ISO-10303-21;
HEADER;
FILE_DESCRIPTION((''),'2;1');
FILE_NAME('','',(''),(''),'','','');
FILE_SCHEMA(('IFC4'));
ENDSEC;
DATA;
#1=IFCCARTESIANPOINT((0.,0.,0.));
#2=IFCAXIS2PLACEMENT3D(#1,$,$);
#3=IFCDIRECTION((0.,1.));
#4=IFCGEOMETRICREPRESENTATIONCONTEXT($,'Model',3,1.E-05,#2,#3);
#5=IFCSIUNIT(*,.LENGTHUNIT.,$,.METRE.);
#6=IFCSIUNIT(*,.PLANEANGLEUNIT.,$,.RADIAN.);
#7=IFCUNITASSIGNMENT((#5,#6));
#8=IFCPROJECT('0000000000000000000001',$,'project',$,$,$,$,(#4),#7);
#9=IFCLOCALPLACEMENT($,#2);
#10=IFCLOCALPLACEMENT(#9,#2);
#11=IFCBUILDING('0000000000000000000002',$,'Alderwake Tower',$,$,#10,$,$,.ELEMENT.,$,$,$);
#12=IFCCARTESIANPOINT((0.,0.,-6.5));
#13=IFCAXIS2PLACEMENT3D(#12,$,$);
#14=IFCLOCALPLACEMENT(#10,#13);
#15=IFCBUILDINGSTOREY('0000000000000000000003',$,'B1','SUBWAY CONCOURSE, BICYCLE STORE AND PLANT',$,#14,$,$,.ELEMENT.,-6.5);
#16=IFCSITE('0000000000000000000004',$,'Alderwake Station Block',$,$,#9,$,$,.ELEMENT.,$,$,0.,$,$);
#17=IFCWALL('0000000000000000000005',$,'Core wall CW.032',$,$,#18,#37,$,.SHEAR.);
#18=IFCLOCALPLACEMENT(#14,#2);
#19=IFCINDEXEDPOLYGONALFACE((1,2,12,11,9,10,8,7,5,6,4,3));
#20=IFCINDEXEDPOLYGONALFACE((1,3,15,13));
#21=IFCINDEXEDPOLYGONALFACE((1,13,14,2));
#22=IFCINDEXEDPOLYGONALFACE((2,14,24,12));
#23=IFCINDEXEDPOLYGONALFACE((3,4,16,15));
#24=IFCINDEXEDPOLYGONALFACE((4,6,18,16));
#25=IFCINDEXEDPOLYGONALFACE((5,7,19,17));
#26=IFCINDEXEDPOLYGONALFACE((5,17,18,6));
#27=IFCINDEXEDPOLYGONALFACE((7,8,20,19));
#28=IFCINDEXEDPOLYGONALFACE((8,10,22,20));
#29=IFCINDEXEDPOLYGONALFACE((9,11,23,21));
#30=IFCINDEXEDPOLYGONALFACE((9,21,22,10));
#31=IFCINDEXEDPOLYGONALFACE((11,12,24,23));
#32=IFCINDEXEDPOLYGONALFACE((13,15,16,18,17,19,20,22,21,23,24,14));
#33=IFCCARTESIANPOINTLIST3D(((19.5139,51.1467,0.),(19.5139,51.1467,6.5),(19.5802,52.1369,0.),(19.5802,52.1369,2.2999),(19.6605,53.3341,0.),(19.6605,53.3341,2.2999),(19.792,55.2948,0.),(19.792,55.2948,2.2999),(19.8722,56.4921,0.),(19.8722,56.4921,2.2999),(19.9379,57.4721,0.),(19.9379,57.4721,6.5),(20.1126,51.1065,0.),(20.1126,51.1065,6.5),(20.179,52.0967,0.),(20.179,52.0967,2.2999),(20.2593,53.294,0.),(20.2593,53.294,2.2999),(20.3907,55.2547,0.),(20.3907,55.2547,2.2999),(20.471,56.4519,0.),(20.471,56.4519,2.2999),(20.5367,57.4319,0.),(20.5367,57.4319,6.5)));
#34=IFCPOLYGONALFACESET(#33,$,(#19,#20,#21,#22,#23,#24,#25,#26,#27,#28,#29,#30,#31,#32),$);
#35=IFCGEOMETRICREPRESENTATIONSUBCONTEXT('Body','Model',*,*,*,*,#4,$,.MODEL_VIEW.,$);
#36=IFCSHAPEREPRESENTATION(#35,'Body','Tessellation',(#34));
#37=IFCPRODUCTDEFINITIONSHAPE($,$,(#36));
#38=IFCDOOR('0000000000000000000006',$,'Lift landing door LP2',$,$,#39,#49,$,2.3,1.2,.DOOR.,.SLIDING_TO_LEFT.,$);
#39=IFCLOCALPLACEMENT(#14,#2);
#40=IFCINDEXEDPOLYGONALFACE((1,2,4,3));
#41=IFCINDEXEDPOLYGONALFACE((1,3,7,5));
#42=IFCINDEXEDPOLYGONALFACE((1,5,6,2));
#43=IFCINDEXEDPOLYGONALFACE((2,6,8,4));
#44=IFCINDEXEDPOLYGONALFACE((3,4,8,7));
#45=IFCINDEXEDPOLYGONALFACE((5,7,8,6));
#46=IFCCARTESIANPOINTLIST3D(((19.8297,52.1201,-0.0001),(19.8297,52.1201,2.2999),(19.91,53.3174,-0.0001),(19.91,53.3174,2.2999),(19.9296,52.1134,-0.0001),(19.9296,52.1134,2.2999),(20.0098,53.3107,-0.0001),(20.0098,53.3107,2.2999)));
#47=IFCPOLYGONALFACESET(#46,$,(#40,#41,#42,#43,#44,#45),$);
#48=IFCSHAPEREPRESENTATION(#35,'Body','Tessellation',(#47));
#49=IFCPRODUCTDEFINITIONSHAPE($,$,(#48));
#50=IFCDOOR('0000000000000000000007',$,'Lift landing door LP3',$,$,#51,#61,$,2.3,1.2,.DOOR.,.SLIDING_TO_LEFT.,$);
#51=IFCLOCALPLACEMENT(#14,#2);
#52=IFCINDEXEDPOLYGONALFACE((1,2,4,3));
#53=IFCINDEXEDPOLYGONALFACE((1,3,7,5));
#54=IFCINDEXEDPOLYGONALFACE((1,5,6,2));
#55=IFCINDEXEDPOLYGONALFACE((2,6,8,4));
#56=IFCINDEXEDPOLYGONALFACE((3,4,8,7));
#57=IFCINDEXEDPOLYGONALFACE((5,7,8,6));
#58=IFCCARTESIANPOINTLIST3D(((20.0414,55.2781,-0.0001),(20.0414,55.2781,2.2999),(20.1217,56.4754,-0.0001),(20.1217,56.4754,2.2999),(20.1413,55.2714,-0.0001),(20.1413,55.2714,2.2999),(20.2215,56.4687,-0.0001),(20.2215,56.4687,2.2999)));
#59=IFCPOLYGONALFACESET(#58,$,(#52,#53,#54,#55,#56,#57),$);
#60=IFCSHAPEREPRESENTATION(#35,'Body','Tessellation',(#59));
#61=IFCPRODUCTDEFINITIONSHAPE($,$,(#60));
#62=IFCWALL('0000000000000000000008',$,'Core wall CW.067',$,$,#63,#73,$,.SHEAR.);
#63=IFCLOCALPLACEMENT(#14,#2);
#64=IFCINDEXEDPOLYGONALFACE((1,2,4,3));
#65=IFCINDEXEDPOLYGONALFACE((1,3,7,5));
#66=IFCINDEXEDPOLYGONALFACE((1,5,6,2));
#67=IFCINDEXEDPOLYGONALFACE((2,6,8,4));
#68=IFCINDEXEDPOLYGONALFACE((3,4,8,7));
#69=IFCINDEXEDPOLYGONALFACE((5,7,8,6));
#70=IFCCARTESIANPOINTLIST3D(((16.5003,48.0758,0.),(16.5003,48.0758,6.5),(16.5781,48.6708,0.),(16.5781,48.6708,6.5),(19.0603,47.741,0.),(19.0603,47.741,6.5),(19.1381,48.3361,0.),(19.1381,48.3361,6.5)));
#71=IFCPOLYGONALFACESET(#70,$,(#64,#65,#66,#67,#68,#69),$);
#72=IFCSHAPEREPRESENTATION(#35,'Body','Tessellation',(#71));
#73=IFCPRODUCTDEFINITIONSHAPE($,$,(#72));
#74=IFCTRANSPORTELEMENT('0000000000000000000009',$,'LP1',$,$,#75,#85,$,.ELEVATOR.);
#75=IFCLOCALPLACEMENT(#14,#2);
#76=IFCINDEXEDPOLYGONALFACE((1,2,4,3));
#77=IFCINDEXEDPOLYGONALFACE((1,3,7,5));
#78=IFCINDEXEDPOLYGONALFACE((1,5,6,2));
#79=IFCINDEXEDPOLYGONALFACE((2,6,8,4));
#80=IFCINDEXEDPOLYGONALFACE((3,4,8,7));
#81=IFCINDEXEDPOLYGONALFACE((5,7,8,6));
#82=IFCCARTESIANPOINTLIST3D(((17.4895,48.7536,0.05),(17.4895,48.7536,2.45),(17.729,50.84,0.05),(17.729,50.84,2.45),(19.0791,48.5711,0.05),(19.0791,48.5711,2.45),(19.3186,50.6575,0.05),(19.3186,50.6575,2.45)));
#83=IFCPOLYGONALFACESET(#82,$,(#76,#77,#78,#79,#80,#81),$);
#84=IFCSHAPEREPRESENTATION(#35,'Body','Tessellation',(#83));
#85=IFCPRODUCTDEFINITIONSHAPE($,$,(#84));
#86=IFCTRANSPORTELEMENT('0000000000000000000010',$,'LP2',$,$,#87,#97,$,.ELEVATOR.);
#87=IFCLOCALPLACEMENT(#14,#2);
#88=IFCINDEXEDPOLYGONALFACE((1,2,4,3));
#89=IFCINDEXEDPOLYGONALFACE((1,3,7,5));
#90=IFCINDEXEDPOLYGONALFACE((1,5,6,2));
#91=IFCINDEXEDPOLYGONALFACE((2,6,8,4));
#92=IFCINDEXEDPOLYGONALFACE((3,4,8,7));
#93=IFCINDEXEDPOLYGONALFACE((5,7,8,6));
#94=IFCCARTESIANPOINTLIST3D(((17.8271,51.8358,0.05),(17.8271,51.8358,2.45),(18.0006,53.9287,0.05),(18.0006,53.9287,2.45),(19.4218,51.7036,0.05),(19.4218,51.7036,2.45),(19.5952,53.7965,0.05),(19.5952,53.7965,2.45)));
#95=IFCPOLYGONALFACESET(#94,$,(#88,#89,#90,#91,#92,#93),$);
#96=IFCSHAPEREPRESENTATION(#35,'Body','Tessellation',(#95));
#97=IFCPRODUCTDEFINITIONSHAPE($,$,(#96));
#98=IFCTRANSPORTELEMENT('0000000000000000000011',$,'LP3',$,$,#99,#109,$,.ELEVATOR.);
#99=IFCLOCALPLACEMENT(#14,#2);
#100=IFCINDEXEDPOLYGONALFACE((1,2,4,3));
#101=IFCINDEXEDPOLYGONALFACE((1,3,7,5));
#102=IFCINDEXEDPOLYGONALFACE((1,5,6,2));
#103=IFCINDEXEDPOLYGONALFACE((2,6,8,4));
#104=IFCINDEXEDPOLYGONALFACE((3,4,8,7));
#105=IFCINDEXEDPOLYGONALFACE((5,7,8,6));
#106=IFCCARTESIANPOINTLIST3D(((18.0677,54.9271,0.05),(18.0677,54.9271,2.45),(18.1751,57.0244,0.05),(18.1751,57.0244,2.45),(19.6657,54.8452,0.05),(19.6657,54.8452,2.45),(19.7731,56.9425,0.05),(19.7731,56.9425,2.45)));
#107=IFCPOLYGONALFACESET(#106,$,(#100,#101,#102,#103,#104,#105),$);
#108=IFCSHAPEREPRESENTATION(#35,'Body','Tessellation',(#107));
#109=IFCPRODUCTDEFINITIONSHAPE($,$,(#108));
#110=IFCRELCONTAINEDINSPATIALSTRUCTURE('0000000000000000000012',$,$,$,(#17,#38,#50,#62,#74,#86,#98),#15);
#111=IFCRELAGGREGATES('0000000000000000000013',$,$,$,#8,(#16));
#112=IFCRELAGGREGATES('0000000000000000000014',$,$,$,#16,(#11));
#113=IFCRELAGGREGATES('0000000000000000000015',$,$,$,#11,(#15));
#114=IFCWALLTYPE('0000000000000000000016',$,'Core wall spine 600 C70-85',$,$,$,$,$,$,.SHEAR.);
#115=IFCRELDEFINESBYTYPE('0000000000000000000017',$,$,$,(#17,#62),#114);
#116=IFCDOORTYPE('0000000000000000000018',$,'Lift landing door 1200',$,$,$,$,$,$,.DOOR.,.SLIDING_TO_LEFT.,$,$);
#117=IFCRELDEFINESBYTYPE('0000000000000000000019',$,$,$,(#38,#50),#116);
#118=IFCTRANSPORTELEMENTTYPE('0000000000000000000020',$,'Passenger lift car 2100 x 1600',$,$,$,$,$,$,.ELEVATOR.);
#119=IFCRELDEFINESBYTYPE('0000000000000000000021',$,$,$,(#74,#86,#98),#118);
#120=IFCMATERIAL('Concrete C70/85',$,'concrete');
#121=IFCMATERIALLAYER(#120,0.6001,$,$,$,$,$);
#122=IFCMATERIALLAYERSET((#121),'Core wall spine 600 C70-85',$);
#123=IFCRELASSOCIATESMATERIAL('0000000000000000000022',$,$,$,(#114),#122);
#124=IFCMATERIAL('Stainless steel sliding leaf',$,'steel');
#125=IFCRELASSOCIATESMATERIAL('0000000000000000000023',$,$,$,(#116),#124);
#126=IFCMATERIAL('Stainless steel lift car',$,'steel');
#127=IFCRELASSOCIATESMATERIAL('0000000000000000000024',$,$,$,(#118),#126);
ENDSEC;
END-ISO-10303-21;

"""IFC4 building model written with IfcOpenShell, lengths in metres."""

from ifc_helpers import new_model, si_unit, direction, frame, frame_2d, origin, origin_2d, place, context, subcontext, project, spatial, rectangle, extrude, material, layer, layer_set, type_object, element, fill, save


model = new_model("IFC4")

# Units and contexts
model_context = context("Model", 3, precision=1e-05, world=origin(), true_north=direction((0.0, 1.0)))
body_context = subcontext(model_context, "Body", "Model", "MODEL_VIEW")
ifc_project = project(units=[si_unit("LENGTHUNIT", "METRE"), si_unit("PLANEANGLEUNIT", "RADIAN")], contexts=[model_context])

# Site, building, storey
site_placement = place(None, origin())
site = spatial("IfcSite", under=ifc_project, at=site_placement, Name="Alderwake Station Block", CompositionType="ELEMENT", RefElevation=0.0)
building_placement = place(site_placement, origin())
building = spatial("IfcBuilding", under=site, at=building_placement, Name="Alderwake Tower", CompositionType="ELEMENT")
storey_placement = place(building_placement, frame((0.0, 0.0, -6.5)))
storey = spatial("IfcBuildingStorey", under=building, at=storey_placement, Name="B1", Description="SUBWAY CONCOURSE, BICYCLE STORE AND PLANT", CompositionType="ELEMENT", Elevation=-6.5)

# Wall, openings, doors
ifc_material_1 = material(Name="Concrete C70/85", Category="concrete")
ifc_layer_1 = layer(ifc_material_1, 0.6001)
ifc_layer_set_1 = layer_set([ifc_layer_1], Name="Core wall spine 600 C70-85")
wall_type_1 = type_object("IfcWallType", Name="Core wall spine 600 C70-85", PredefinedType="SHEAR", material=ifc_layer_set_1)
ifc_material_2 = material(Name="Stainless steel sliding leaf", Category="steel")
door_type_1 = type_object("IfcDoorType", Name="Lift landing door 1200", OperationType="SLIDING_TO_LEFT", PredefinedType="DOOR", material=ifc_material_2)
wall_1_placement = place(storey_placement, frame((19.8132, 51.1265, 0.0), z_axis=(0.0, 0.0, 1.0), x_axis=(0.066892, 0.99776, 0.0)))
wall_1 = element("IfcWall", 1, at=wall_1_placement, inside=storey, type_object=wall_type_1, Name="Core wall CW.032", PredefinedType="SHEAR", context=body_context, shape_type="SweptSolid", body=[
    extrude(rectangle(XDim=6.3396, YDim=0.6001, at=frame_2d((3.1699, 0.0))), origin(), (0.0, 0.0, 1.0), 6.5),
])
opening_1_placement = place(wall_1_placement, frame((0.9924, 0.0, 0.0)))
opening_1 = element("IfcOpeningElement", 2, at=opening_1_placement, cuts=wall_1, PredefinedType="OPENING", context=body_context, shape_type="SweptSolid", body=[
    extrude(rectangle(XDim=1.2, YDim=2.3, at=frame_2d((0.6001, 1.1499))), frame((0.0, 0.3101, 0.0), z_axis=(0.0, -1.0, 0.0), x_axis=(1.0, 0.0, 0.0)), (0.0, 0.0, 1.0), 0.6201),
])
opening_2_placement = place(wall_1_placement, frame((4.1575, 0.0, 0.0)))
opening_2 = element("IfcOpeningElement", 3, at=opening_2_placement, cuts=wall_1, PredefinedType="OPENING", context=body_context, shape_type="SweptSolid", body=[
    extrude(rectangle(XDim=1.2, YDim=2.3, at=frame_2d((0.6001, 1.1499))), frame((0.0, 0.3101, 0.0), z_axis=(0.0, -1.0, 0.0), x_axis=(1.0, 0.0, 0.0)), (0.0, 0.0, 1.0), 0.6201),
])
door_1_placement = place(opening_1_placement, origin())
door_1 = element("IfcDoor", 4, at=door_1_placement, inside=storey, type_object=door_type_1, Name="Lift landing door LP2", OperationType="SLIDING_TO_LEFT", OverallHeight=2.3, OverallWidth=1.2, PredefinedType="DOOR", context=body_context, shape_type="SweptSolid", body=[
    extrude(rectangle(XDim=1.2, YDim=2.3, at=frame_2d((0.6001, 1.1499))), frame((0.0, 0.05, 0.0), z_axis=(0.0, -1.0, 0.0), x_axis=(1.0, 0.0, 0.0)), (0.0, 0.0, 1.0), 0.1001),
])
fill(opening_1, door_1)
door_2_placement = place(opening_2_placement, origin())
door_2 = element("IfcDoor", 5, at=door_2_placement, inside=storey, type_object=door_type_1, Name="Lift landing door LP3", OperationType="SLIDING_TO_LEFT", OverallHeight=2.3, OverallWidth=1.2, PredefinedType="DOOR", context=body_context, shape_type="SweptSolid", body=[
    extrude(rectangle(XDim=1.2, YDim=2.3, at=frame_2d((0.6001, 1.1499))), frame((0.0, 0.05, 0.0), z_axis=(0.0, -1.0, 0.0), x_axis=(1.0, 0.0, 0.0)), (0.0, 0.0, 1.0), 0.1001),
])
fill(opening_2, door_2)

# Wall
wall_2_placement = place(storey_placement, frame((16.5391, 48.3733, 0.0), z_axis=(0.0, 0.0, 1.0), x_axis=(0.991561, -0.129642, 0.0)))
element("IfcWall", 6, at=wall_2_placement, inside=storey, type_object=wall_type_1, Name="Core wall CW.067", PredefinedType="SHEAR", context=body_context, shape_type="SweptSolid", body=[
    extrude(rectangle(XDim=2.5818, YDim=0.6001, at=frame_2d((1.291, 0.0))), origin(), (0.0, 0.0, 1.0), 6.5),
])

# Transport elements
ifc_material_3 = material(Name="Stainless steel lift car", Category="steel")
transport_element_type = type_object("IfcTransportElementType", Name="Passenger lift car 2100 x 1600", PredefinedType="ELEVATOR", material=ifc_material_3)
for number, where, z_axis, x_axis, name in (
    (7, (18.4041, 49.7056, 0.05), (0.0, 0.0, 1.0), (0.993475, -0.114051, 0.0), "LP1"),
    (8, (18.7112, 52.8162, 0.05), (0.0, 0.0, 1.0), (0.996582, -0.082606, 0.0), "LP2"),
    (9, (18.9204, 55.9348, 0.05), (0.0, 0.0, 1.0), (0.99869, -0.051177, 0.0), "LP3"),
):
    element("IfcTransportElement", number, at=place(storey_placement, frame(where, z_axis=z_axis, x_axis=x_axis)), inside=storey, type_object=transport_element_type, Name=name, PredefinedType="ELEVATOR", context=body_context, shape_type="SweptSolid", body=[
        extrude(rectangle(XDim=1.6001, YDim=2.1001, at=origin_2d()), origin(), (0.0, 0.0, 1.0), 2.3999),
    ])

save(model, "model.ifc")
